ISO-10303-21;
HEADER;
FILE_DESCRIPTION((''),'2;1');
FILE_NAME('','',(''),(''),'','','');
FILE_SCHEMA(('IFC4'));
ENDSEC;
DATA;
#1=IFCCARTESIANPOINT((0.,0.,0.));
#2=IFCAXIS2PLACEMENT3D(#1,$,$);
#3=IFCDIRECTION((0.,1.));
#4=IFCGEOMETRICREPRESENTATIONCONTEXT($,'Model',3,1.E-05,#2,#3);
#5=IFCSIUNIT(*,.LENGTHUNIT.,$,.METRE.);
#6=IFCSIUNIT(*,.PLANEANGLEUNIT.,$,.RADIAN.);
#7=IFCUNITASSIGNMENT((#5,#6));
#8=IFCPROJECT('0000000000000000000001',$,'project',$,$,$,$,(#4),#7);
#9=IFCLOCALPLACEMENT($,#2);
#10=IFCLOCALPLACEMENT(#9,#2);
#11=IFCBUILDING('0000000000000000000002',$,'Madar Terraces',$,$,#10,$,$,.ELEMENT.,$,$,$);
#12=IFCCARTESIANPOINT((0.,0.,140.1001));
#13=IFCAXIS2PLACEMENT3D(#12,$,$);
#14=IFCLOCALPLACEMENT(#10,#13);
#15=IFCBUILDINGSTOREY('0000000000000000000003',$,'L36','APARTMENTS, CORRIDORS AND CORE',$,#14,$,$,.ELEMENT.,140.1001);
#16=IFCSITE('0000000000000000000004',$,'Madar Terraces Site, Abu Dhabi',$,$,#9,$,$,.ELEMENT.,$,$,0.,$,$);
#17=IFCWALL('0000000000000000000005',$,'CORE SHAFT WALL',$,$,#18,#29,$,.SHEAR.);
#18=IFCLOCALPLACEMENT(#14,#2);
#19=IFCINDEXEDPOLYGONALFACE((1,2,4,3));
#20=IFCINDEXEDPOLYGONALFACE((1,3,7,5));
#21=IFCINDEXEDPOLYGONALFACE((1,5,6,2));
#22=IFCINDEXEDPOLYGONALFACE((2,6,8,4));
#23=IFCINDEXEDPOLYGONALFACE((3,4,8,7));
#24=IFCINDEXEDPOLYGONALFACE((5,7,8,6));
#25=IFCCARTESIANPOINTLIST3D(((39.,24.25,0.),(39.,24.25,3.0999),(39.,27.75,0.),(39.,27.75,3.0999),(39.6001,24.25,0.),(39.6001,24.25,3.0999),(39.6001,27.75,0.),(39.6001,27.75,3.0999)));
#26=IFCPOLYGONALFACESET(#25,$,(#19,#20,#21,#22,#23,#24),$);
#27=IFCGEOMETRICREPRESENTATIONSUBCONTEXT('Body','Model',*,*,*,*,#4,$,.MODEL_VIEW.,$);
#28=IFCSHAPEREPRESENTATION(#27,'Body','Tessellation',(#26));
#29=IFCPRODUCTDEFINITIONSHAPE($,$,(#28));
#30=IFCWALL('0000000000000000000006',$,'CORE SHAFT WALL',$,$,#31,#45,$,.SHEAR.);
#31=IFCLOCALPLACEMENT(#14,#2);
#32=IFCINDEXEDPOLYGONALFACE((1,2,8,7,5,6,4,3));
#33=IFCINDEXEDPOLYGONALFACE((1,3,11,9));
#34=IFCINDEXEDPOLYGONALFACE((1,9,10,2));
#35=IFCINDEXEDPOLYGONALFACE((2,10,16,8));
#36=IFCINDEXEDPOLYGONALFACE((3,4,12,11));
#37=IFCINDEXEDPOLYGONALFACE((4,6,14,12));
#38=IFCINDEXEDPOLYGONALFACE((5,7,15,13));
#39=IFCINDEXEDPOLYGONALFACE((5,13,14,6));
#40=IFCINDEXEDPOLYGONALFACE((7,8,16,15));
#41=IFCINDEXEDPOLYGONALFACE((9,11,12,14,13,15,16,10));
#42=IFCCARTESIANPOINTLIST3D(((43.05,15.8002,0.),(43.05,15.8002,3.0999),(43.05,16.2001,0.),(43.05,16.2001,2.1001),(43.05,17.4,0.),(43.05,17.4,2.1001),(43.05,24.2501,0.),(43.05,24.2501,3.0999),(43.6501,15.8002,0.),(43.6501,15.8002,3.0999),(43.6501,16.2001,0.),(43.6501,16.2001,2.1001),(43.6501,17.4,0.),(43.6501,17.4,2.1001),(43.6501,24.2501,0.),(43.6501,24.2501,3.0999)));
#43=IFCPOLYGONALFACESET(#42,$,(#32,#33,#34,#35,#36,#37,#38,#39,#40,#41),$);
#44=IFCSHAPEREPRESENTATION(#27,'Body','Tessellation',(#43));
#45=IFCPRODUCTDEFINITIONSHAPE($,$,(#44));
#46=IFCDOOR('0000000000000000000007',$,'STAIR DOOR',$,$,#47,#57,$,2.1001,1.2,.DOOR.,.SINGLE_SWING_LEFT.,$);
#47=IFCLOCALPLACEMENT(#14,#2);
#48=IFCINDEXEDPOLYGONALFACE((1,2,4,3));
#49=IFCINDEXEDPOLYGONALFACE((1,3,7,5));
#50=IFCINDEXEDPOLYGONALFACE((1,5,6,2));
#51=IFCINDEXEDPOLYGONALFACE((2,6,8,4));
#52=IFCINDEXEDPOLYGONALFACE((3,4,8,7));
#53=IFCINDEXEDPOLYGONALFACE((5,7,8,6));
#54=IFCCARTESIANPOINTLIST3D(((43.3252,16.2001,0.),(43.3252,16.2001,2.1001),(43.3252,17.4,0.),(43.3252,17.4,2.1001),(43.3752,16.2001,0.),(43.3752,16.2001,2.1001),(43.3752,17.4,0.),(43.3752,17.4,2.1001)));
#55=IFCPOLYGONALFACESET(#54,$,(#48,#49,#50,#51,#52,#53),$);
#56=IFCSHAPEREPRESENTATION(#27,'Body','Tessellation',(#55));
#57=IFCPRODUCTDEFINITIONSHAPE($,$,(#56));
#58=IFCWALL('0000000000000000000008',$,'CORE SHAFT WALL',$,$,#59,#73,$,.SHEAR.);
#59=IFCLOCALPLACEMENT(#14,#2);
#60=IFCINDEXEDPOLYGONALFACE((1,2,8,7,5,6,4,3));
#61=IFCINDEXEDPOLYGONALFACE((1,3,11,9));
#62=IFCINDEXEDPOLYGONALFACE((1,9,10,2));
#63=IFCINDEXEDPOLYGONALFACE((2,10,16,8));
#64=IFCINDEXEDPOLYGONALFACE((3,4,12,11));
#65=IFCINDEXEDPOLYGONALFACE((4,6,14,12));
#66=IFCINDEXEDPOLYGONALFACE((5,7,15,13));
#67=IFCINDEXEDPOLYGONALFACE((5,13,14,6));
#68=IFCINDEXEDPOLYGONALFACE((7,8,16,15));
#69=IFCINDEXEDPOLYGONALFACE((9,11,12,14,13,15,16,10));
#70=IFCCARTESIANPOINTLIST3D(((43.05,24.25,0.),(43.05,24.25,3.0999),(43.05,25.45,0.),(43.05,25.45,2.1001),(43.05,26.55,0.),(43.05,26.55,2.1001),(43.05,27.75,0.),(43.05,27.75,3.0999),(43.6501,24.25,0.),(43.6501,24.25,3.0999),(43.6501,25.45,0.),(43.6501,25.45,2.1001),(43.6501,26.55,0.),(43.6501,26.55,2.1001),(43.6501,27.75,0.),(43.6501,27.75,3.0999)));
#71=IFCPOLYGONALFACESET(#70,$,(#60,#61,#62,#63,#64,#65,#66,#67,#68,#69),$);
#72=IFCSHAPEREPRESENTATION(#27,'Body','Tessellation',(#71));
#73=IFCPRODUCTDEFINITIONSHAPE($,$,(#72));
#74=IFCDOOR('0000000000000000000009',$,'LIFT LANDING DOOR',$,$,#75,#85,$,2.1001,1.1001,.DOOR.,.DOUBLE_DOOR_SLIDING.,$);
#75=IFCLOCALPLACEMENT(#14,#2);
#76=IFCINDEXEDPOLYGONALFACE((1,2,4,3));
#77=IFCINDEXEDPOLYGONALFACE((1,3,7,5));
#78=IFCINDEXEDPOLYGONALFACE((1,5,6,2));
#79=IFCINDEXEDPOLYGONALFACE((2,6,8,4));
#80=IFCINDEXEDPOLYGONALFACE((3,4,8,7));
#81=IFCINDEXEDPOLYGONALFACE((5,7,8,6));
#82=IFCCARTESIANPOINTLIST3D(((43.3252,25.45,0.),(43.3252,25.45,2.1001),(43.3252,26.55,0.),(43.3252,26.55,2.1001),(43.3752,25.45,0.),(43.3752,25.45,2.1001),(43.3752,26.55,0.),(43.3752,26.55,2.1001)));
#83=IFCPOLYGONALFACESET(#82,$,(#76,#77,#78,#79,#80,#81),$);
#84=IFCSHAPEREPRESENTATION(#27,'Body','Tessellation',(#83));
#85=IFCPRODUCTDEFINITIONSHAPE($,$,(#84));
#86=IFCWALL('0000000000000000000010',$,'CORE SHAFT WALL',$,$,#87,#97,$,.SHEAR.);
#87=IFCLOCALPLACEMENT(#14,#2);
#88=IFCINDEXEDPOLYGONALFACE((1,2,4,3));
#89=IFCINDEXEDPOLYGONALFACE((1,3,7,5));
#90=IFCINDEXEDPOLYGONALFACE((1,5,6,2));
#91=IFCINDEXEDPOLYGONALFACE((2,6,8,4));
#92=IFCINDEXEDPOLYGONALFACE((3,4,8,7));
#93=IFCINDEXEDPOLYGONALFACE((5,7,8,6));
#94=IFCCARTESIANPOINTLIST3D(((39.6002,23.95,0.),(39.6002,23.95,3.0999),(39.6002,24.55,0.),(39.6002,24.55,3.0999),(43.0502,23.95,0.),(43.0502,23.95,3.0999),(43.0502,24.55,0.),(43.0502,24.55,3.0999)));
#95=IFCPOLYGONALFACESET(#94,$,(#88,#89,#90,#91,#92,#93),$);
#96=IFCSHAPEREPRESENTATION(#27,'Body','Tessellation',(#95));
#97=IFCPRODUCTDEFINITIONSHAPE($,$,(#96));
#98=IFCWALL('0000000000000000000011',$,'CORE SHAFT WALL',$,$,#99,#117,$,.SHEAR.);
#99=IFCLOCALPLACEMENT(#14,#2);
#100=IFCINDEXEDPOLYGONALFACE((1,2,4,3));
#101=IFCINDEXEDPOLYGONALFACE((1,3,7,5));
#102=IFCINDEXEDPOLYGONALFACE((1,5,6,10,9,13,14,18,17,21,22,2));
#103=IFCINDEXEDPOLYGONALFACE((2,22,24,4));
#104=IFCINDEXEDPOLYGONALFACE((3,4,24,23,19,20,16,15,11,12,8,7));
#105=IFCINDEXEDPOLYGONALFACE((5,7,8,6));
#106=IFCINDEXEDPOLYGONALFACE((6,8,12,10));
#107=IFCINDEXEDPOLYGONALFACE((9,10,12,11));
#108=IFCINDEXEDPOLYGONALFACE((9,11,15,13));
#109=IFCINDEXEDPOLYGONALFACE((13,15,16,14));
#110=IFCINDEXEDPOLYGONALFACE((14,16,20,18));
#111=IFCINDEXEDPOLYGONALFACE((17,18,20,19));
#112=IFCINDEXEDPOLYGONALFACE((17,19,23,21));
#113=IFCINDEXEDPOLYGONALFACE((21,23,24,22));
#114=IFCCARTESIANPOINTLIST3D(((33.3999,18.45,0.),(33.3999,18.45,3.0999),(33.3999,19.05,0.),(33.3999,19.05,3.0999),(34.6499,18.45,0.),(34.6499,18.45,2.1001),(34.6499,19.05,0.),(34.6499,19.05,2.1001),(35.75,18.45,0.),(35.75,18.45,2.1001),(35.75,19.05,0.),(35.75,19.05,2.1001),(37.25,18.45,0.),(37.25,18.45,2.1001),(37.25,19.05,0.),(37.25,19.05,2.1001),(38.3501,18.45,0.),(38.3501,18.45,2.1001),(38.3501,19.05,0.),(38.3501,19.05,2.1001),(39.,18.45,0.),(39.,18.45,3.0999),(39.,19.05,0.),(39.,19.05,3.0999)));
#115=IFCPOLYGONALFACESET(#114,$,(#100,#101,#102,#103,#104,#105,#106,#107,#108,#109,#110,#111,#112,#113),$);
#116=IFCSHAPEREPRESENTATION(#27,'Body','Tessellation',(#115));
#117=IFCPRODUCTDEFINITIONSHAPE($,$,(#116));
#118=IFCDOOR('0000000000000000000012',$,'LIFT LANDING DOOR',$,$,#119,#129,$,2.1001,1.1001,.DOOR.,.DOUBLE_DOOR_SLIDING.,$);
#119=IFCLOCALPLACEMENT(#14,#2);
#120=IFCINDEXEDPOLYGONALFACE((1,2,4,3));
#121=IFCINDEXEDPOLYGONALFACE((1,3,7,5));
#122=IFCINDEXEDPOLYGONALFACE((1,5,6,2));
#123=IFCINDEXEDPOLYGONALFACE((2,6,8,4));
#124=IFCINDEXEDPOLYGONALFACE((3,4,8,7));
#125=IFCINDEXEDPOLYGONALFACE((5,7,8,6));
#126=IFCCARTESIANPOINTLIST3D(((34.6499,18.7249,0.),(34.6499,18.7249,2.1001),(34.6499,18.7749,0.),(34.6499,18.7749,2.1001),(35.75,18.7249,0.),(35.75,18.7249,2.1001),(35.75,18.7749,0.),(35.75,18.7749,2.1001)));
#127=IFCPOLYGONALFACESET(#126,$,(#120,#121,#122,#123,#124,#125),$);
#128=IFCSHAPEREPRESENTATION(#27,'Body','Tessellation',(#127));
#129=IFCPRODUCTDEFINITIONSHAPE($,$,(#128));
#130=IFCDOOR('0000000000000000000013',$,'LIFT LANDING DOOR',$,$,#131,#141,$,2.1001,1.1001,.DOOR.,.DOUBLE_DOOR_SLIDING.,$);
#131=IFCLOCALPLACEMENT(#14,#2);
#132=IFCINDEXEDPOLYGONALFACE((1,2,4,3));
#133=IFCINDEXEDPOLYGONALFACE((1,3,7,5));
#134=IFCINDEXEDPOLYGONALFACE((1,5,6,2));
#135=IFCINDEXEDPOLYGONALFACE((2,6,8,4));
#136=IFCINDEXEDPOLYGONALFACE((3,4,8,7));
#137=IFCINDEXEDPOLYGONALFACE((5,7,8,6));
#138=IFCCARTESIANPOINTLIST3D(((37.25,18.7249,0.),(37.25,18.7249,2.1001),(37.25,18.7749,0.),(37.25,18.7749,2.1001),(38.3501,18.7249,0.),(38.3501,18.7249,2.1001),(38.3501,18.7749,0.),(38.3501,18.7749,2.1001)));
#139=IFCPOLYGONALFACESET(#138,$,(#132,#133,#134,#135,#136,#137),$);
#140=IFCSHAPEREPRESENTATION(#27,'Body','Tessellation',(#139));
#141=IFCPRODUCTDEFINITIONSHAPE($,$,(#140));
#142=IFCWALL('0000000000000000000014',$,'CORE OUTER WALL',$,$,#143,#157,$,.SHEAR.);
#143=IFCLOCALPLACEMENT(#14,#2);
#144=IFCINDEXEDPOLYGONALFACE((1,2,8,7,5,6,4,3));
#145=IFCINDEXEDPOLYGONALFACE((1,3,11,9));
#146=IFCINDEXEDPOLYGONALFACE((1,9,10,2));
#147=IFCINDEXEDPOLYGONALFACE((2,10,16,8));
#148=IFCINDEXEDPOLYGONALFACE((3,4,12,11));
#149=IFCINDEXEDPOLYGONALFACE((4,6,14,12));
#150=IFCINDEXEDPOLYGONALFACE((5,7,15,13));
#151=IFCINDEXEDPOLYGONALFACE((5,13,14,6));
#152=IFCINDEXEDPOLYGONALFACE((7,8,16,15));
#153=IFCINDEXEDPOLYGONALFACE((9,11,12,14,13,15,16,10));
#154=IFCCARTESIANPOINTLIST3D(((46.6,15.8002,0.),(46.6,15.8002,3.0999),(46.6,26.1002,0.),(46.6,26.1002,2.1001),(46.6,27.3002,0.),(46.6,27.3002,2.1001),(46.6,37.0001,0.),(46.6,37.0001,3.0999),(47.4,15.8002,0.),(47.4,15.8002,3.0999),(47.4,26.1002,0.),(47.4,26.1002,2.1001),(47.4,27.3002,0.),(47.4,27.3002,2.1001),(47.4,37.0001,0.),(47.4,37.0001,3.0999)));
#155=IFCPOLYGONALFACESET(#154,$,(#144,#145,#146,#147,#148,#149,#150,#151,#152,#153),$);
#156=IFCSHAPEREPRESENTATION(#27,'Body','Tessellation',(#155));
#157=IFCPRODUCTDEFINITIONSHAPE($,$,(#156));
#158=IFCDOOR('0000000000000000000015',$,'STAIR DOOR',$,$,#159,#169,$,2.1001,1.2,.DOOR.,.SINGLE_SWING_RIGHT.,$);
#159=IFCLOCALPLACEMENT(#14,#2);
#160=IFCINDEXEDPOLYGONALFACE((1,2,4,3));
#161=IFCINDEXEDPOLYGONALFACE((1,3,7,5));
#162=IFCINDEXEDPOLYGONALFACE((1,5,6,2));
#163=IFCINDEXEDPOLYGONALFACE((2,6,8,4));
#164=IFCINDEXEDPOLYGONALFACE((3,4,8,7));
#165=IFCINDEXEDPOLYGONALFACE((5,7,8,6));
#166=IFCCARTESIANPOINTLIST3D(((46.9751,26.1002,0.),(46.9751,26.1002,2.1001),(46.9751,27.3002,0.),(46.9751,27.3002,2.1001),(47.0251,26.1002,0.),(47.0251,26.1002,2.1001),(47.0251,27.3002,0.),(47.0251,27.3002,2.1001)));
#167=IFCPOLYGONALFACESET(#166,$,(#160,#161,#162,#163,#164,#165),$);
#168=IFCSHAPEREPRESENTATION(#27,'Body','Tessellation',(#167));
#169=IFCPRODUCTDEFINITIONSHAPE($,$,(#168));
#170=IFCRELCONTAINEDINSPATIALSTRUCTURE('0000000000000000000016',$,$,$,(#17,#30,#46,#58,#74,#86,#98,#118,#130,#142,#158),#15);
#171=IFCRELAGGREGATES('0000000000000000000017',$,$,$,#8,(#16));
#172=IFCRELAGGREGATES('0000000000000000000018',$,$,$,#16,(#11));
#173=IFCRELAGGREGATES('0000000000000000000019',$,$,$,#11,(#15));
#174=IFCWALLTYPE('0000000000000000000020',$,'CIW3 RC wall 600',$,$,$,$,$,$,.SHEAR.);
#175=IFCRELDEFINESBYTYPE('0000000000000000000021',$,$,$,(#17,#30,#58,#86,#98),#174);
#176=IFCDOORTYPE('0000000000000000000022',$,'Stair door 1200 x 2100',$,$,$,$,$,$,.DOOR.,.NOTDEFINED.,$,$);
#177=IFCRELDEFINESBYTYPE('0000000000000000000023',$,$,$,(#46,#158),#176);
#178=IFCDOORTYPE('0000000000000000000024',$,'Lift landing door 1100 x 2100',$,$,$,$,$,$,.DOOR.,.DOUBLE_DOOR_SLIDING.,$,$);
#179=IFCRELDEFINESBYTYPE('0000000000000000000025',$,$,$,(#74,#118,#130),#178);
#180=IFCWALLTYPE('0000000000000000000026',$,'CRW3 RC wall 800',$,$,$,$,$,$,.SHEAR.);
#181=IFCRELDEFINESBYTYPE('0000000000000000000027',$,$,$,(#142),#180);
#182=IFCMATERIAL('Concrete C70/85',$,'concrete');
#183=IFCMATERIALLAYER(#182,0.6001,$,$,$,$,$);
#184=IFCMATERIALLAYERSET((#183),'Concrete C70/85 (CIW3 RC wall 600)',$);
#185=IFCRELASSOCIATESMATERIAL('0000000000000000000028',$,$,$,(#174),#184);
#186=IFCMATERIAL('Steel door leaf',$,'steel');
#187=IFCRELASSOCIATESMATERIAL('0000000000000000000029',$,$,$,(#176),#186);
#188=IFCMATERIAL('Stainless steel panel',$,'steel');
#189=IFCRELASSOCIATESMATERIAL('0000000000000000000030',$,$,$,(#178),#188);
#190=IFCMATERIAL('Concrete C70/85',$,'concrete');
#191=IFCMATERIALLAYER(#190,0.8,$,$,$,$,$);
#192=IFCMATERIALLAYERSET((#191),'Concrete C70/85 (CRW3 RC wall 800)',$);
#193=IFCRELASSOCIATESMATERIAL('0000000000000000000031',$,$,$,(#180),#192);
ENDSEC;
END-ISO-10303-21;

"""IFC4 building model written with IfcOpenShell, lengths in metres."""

from ifc_helpers import new_model, si_unit, direction, frame, frame_2d, origin, place, context, subcontext, project, spatial, rectangle, extrude, material, layer, layer_set, type_object, element, fill, save


model = new_model("IFC4")

# Units and contexts
model_context = context("Model", 3, precision=1e-05, world=origin(), true_north=direction((0.0, 1.0)))
body_context = subcontext(model_context, "Body", "Model", "MODEL_VIEW")
ifc_project = project(units=[si_unit("LENGTHUNIT", "METRE"), si_unit("PLANEANGLEUNIT", "RADIAN")], contexts=[model_context])

# Site, building, storey
site_placement = place(None, origin())
site = spatial("IfcSite", under=ifc_project, at=site_placement, Name="Madar Terraces Site, Abu Dhabi", CompositionType="ELEMENT", RefElevation=0.0)
building_placement = place(site_placement, origin())
building = spatial("IfcBuilding", under=site, at=building_placement, Name="Madar Terraces", CompositionType="ELEMENT")
storey_placement = place(building_placement, frame((0.0, 0.0, 140.1001)))
storey = spatial("IfcBuildingStorey", under=building, at=storey_placement, Name="L36", Description="APARTMENTS, CORRIDORS AND CORE", CompositionType="ELEMENT", Elevation=140.1001)

# Wall
ifc_material_1 = material(Name="Concrete C70/85", Category="concrete")
ifc_layer_1 = layer(ifc_material_1, 0.6001)
ifc_layer_set_1 = layer_set([ifc_layer_1], Name="Concrete C70/85 (CIW3 RC wall 600)")
wall_type_1 = type_object("IfcWallType", Name="CIW3 RC wall 600", PredefinedType="SHEAR", material=ifc_layer_set_1)
wall_1_placement = place(storey_placement, frame((39.3, 24.25, 0.0), z_axis=(0.0, 0.0, 1.0), x_axis=(0.0, 1.0, 0.0)))
element("IfcWall", 1, at=wall_1_placement, inside=storey, type_object=wall_type_1, Name="CORE SHAFT WALL", PredefinedType="SHEAR", context=body_context, shape_type="SweptSolid", body=[
    extrude(rectangle(XDim=3.5, YDim=0.6001, at=frame_2d((1.75, 0.0))), origin(), (0.0, 0.0, 1.0), 3.0999),
])

# Walls, openings, doors
wall_2_placement = place(storey_placement, frame((43.3501, 15.8, 0.0), z_axis=(0.0, 0.0, 1.0), x_axis=(0.0, 1.0, 0.0)))
wall_2 = element("IfcWall", 2, at=wall_2_placement, inside=storey, type_object=wall_type_1, Name="CORE SHAFT WALL", PredefinedType="SHEAR", context=body_context, shape_type="SweptSolid", body=[
    extrude(rectangle(XDim=8.45, YDim=0.6001, at=frame_2d((4.2251, 0.0))), origin(), (0.0, 0.0, 1.0), 3.0999),
])
opening_1_placement = place(wall_2_placement, frame((0.3999, 0.0, 0.0)))
opening_1 = element("IfcOpeningElement", 3, at=opening_1_placement, cuts=wall_2, PredefinedType="OPENING", context=body_context, shape_type="SweptSolid", body=[
    extrude(rectangle(XDim=1.2, YDim=2.1001, at=frame_2d((0.6001, 1.05))), frame((0.0, 0.3101, 0.0), z_axis=(0.0, -1.0, 0.0), x_axis=(1.0, 0.0, 0.0)), (0.0, 0.0, 1.0), 0.6201),
])
ifc_material_2 = material(Name="Steel door leaf", Category="steel")
door_type_1 = type_object("IfcDoorType", Name="Stair door 1200 x 2100", OperationType="NOTDEFINED", PredefinedType="DOOR", material=ifc_material_2)
door_1_placement = place(opening_1_placement, origin())
door_1 = element("IfcDoor", 4, at=door_1_placement, inside=storey, type_object=door_type_1, Name="STAIR DOOR", OperationType="SINGLE_SWING_LEFT", OverallHeight=2.1001, OverallWidth=1.2, PredefinedType="DOOR", context=body_context, shape_type="SweptSolid", body=[
    extrude(rectangle(XDim=1.2, YDim=2.1001, at=frame_2d((0.6001, 1.05))), frame((0.0, 0.0249, 0.0), z_axis=(0.0, -1.0, 0.0), x_axis=(1.0, 0.0, 0.0)), (0.0, 0.0, 1.0), 0.05),
])
fill(opening_1, door_1)
wall_3_placement = place(storey_placement, frame((43.3501, 24.25, 0.0), z_axis=(0.0, 0.0, 1.0), x_axis=(0.0, 1.0, 0.0)))
wall_3 = element("IfcWall", 5, at=wall_3_placement, inside=storey, type_object=wall_type_1, Name="CORE SHAFT WALL", PredefinedType="SHEAR", context=body_context, shape_type="SweptSolid", body=[
    extrude(rectangle(XDim=3.5, YDim=0.6001, at=frame_2d((1.75, 0.0))), origin(), (0.0, 0.0, 1.0), 3.0999),
])
opening_2_placement = place(wall_3_placement, frame((1.2, 0.0, 0.0)))
opening_2 = element("IfcOpeningElement", 6, at=opening_2_placement, cuts=wall_3, PredefinedType="OPENING", context=body_context, shape_type="SweptSolid", body=[
    extrude(rectangle(XDim=1.1001, YDim=2.1001, at=frame_2d((0.55, 1.05))), frame((0.0, 0.3101, 0.0), z_axis=(0.0, -1.0, 0.0), x_axis=(1.0, 0.0, 0.0)), (0.0, 0.0, 1.0), 0.6201),
])
ifc_material_3 = material(Name="Stainless steel panel", Category="steel")
door_type_2 = type_object("IfcDoorType", Name="Lift landing door 1100 x 2100", OperationType="DOUBLE_DOOR_SLIDING", PredefinedType="DOOR", material=ifc_material_3)
door_2_placement = place(opening_2_placement, origin())
door_2 = element("IfcDoor", 7, at=door_2_placement, inside=storey, type_object=door_type_2, Name="LIFT LANDING DOOR", OperationType="DOUBLE_DOOR_SLIDING", OverallHeight=2.1001, OverallWidth=1.1001, PredefinedType="DOOR", context=body_context, shape_type="SweptSolid", body=[
    extrude(rectangle(XDim=1.1001, YDim=2.1001, at=frame_2d((0.55, 1.05))), frame((0.0, 0.0249, 0.0), z_axis=(0.0, -1.0, 0.0), x_axis=(1.0, 0.0, 0.0)), (0.0, 0.0, 1.0), 0.05),
])
fill(opening_2, door_2)

# Wall
wall_4_placement = place(storey_placement, frame((39.6001, 24.25, 0.0), z_axis=(0.0, 0.0, 1.0), x_axis=(1.0, 0.0, 0.0)))
element("IfcWall", 8, at=wall_4_placement, inside=storey, type_object=wall_type_1, Name="CORE SHAFT WALL", PredefinedType="SHEAR", context=body_context, shape_type="SweptSolid", body=[
    extrude(rectangle(XDim=3.45, YDim=0.6001, at=frame_2d((1.7251, 0.0))), origin(), (0.0, 0.0, 1.0), 3.0999),
])

# Wall, openings, doors
wall_5_placement = place(storey_placement, frame((33.3999, 18.75, 0.0), z_axis=(0.0, 0.0, 1.0), x_axis=(1.0, 0.0, 0.0)))
wall_5 = element("IfcWall", 9, at=wall_5_placement, inside=storey, type_object=wall_type_1, Name="CORE SHAFT WALL", PredefinedType="SHEAR", context=body_context, shape_type="SweptSolid", body=[
    extrude(rectangle(XDim=5.6001, YDim=0.6001, at=frame_2d((2.8, 0.0))), origin(), (0.0, 0.0, 1.0), 3.0999),
])
opening_3_placement = place(wall_5_placement, frame((1.25, 0.0, 0.0)))
opening_3 = element("IfcOpeningElement", 10, at=opening_3_placement, cuts=wall_5, PredefinedType="OPENING", context=body_context, shape_type="SweptSolid", body=[
    extrude(rectangle(XDim=1.1001, YDim=2.1001, at=frame_2d((0.55, 1.05))), frame((0.0, 0.3101, 0.0), z_axis=(0.0, -1.0, 0.0), x_axis=(1.0, 0.0, 0.0)), (0.0, 0.0, 1.0), 0.6201),
])
opening_4_placement = place(wall_5_placement, frame((3.8501, 0.0, 0.0)))
opening_4 = element("IfcOpeningElement", 11, at=opening_4_placement, cuts=wall_5, PredefinedType="OPENING", context=body_context, shape_type="SweptSolid", body=[
    extrude(rectangle(XDim=1.1001, YDim=2.1001, at=frame_2d((0.55, 1.05))), frame((0.0, 0.3101, 0.0), z_axis=(0.0, -1.0, 0.0), x_axis=(1.0, 0.0, 0.0)), (0.0, 0.0, 1.0), 0.6201),
])
door_3_placement = place(opening_3_placement, origin())
door_3 = element("IfcDoor", 12, at=door_3_placement, inside=storey, type_object=door_type_2, Name="LIFT LANDING DOOR", OperationType="DOUBLE_DOOR_SLIDING", OverallHeight=2.1001, OverallWidth=1.1001, PredefinedType="DOOR", context=body_context, shape_type="SweptSolid", body=[
    extrude(rectangle(XDim=1.1001, YDim=2.1001, at=frame_2d((0.55, 1.05))), frame((0.0, 0.0249, 0.0), z_axis=(0.0, -1.0, 0.0), x_axis=(1.0, 0.0, 0.0)), (0.0, 0.0, 1.0), 0.05),
])
fill(opening_3, door_3)
door_4_placement = place(opening_4_placement, origin())
door_4 = element("IfcDoor", 13, at=door_4_placement, inside=storey, type_object=door_type_2, Name="LIFT LANDING DOOR", OperationType="DOUBLE_DOOR_SLIDING", OverallHeight=2.1001, OverallWidth=1.1001, PredefinedType="DOOR", context=body_context, shape_type="SweptSolid", body=[
    extrude(rectangle(XDim=1.1001, YDim=2.1001, at=frame_2d((0.55, 1.05))), frame((0.0, 0.0249, 0.0), z_axis=(0.0, -1.0, 0.0), x_axis=(1.0, 0.0, 0.0)), (0.0, 0.0, 1.0), 0.05),
])
fill(opening_4, door_4)

# Wall, opening, door
ifc_material_4 = material(Name="Concrete C70/85", Category="concrete")
ifc_layer_2 = layer(ifc_material_4, 0.8)
ifc_layer_set_2 = layer_set([ifc_layer_2], Name="Concrete C70/85 (CRW3 RC wall 800)")
wall_type_2 = type_object("IfcWallType", Name="CRW3 RC wall 800", PredefinedType="SHEAR", material=ifc_layer_set_2)
wall_6_placement = place(storey_placement, frame((47.0, 15.8, 0.0), z_axis=(0.0, 0.0, 1.0), x_axis=(0.0, 1.0, 0.0)))
wall_6 = element("IfcWall", 14, at=wall_6_placement, inside=storey, type_object=wall_type_2, Name="CORE OUTER WALL", PredefinedType="SHEAR", context=body_context, shape_type="SweptSolid", body=[
    extrude(rectangle(XDim=21.2, YDim=0.8, at=frame_2d((10.6001, 0.0))), origin(), (0.0, 0.0, 1.0), 3.0999),
])
opening_5_placement = place(wall_6_placement, frame((10.3, 0.0, 0.0)))
opening_5 = element("IfcOpeningElement", 15, at=opening_5_placement, cuts=wall_6, PredefinedType="OPENING", context=body_context, shape_type="SweptSolid", body=[
    extrude(rectangle(XDim=1.2, YDim=2.1001, at=frame_2d((0.6001, 1.05))), frame((0.0, 0.4099, 0.0), z_axis=(0.0, -1.0, 0.0), x_axis=(1.0, 0.0, 0.0)), (0.0, 0.0, 1.0), 0.8201),
])
door_5_placement = place(opening_5_placement, origin())
door_5 = element("IfcDoor", 16, at=door_5_placement, inside=storey, type_object=door_type_1, Name="STAIR DOOR", OperationType="SINGLE_SWING_RIGHT", OverallHeight=2.1001, OverallWidth=1.2, PredefinedType="DOOR", context=body_context, shape_type="SweptSolid", body=[
    extrude(rectangle(XDim=1.2, YDim=2.1001, at=frame_2d((0.6001, 1.05))), frame((0.0, 0.0249, 0.0), z_axis=(0.0, -1.0, 0.0), x_axis=(1.0, 0.0, 0.0)), (0.0, 0.0, 1.0), 0.05),
])
fill(opening_5, door_5)

save(model, "model.ifc")
